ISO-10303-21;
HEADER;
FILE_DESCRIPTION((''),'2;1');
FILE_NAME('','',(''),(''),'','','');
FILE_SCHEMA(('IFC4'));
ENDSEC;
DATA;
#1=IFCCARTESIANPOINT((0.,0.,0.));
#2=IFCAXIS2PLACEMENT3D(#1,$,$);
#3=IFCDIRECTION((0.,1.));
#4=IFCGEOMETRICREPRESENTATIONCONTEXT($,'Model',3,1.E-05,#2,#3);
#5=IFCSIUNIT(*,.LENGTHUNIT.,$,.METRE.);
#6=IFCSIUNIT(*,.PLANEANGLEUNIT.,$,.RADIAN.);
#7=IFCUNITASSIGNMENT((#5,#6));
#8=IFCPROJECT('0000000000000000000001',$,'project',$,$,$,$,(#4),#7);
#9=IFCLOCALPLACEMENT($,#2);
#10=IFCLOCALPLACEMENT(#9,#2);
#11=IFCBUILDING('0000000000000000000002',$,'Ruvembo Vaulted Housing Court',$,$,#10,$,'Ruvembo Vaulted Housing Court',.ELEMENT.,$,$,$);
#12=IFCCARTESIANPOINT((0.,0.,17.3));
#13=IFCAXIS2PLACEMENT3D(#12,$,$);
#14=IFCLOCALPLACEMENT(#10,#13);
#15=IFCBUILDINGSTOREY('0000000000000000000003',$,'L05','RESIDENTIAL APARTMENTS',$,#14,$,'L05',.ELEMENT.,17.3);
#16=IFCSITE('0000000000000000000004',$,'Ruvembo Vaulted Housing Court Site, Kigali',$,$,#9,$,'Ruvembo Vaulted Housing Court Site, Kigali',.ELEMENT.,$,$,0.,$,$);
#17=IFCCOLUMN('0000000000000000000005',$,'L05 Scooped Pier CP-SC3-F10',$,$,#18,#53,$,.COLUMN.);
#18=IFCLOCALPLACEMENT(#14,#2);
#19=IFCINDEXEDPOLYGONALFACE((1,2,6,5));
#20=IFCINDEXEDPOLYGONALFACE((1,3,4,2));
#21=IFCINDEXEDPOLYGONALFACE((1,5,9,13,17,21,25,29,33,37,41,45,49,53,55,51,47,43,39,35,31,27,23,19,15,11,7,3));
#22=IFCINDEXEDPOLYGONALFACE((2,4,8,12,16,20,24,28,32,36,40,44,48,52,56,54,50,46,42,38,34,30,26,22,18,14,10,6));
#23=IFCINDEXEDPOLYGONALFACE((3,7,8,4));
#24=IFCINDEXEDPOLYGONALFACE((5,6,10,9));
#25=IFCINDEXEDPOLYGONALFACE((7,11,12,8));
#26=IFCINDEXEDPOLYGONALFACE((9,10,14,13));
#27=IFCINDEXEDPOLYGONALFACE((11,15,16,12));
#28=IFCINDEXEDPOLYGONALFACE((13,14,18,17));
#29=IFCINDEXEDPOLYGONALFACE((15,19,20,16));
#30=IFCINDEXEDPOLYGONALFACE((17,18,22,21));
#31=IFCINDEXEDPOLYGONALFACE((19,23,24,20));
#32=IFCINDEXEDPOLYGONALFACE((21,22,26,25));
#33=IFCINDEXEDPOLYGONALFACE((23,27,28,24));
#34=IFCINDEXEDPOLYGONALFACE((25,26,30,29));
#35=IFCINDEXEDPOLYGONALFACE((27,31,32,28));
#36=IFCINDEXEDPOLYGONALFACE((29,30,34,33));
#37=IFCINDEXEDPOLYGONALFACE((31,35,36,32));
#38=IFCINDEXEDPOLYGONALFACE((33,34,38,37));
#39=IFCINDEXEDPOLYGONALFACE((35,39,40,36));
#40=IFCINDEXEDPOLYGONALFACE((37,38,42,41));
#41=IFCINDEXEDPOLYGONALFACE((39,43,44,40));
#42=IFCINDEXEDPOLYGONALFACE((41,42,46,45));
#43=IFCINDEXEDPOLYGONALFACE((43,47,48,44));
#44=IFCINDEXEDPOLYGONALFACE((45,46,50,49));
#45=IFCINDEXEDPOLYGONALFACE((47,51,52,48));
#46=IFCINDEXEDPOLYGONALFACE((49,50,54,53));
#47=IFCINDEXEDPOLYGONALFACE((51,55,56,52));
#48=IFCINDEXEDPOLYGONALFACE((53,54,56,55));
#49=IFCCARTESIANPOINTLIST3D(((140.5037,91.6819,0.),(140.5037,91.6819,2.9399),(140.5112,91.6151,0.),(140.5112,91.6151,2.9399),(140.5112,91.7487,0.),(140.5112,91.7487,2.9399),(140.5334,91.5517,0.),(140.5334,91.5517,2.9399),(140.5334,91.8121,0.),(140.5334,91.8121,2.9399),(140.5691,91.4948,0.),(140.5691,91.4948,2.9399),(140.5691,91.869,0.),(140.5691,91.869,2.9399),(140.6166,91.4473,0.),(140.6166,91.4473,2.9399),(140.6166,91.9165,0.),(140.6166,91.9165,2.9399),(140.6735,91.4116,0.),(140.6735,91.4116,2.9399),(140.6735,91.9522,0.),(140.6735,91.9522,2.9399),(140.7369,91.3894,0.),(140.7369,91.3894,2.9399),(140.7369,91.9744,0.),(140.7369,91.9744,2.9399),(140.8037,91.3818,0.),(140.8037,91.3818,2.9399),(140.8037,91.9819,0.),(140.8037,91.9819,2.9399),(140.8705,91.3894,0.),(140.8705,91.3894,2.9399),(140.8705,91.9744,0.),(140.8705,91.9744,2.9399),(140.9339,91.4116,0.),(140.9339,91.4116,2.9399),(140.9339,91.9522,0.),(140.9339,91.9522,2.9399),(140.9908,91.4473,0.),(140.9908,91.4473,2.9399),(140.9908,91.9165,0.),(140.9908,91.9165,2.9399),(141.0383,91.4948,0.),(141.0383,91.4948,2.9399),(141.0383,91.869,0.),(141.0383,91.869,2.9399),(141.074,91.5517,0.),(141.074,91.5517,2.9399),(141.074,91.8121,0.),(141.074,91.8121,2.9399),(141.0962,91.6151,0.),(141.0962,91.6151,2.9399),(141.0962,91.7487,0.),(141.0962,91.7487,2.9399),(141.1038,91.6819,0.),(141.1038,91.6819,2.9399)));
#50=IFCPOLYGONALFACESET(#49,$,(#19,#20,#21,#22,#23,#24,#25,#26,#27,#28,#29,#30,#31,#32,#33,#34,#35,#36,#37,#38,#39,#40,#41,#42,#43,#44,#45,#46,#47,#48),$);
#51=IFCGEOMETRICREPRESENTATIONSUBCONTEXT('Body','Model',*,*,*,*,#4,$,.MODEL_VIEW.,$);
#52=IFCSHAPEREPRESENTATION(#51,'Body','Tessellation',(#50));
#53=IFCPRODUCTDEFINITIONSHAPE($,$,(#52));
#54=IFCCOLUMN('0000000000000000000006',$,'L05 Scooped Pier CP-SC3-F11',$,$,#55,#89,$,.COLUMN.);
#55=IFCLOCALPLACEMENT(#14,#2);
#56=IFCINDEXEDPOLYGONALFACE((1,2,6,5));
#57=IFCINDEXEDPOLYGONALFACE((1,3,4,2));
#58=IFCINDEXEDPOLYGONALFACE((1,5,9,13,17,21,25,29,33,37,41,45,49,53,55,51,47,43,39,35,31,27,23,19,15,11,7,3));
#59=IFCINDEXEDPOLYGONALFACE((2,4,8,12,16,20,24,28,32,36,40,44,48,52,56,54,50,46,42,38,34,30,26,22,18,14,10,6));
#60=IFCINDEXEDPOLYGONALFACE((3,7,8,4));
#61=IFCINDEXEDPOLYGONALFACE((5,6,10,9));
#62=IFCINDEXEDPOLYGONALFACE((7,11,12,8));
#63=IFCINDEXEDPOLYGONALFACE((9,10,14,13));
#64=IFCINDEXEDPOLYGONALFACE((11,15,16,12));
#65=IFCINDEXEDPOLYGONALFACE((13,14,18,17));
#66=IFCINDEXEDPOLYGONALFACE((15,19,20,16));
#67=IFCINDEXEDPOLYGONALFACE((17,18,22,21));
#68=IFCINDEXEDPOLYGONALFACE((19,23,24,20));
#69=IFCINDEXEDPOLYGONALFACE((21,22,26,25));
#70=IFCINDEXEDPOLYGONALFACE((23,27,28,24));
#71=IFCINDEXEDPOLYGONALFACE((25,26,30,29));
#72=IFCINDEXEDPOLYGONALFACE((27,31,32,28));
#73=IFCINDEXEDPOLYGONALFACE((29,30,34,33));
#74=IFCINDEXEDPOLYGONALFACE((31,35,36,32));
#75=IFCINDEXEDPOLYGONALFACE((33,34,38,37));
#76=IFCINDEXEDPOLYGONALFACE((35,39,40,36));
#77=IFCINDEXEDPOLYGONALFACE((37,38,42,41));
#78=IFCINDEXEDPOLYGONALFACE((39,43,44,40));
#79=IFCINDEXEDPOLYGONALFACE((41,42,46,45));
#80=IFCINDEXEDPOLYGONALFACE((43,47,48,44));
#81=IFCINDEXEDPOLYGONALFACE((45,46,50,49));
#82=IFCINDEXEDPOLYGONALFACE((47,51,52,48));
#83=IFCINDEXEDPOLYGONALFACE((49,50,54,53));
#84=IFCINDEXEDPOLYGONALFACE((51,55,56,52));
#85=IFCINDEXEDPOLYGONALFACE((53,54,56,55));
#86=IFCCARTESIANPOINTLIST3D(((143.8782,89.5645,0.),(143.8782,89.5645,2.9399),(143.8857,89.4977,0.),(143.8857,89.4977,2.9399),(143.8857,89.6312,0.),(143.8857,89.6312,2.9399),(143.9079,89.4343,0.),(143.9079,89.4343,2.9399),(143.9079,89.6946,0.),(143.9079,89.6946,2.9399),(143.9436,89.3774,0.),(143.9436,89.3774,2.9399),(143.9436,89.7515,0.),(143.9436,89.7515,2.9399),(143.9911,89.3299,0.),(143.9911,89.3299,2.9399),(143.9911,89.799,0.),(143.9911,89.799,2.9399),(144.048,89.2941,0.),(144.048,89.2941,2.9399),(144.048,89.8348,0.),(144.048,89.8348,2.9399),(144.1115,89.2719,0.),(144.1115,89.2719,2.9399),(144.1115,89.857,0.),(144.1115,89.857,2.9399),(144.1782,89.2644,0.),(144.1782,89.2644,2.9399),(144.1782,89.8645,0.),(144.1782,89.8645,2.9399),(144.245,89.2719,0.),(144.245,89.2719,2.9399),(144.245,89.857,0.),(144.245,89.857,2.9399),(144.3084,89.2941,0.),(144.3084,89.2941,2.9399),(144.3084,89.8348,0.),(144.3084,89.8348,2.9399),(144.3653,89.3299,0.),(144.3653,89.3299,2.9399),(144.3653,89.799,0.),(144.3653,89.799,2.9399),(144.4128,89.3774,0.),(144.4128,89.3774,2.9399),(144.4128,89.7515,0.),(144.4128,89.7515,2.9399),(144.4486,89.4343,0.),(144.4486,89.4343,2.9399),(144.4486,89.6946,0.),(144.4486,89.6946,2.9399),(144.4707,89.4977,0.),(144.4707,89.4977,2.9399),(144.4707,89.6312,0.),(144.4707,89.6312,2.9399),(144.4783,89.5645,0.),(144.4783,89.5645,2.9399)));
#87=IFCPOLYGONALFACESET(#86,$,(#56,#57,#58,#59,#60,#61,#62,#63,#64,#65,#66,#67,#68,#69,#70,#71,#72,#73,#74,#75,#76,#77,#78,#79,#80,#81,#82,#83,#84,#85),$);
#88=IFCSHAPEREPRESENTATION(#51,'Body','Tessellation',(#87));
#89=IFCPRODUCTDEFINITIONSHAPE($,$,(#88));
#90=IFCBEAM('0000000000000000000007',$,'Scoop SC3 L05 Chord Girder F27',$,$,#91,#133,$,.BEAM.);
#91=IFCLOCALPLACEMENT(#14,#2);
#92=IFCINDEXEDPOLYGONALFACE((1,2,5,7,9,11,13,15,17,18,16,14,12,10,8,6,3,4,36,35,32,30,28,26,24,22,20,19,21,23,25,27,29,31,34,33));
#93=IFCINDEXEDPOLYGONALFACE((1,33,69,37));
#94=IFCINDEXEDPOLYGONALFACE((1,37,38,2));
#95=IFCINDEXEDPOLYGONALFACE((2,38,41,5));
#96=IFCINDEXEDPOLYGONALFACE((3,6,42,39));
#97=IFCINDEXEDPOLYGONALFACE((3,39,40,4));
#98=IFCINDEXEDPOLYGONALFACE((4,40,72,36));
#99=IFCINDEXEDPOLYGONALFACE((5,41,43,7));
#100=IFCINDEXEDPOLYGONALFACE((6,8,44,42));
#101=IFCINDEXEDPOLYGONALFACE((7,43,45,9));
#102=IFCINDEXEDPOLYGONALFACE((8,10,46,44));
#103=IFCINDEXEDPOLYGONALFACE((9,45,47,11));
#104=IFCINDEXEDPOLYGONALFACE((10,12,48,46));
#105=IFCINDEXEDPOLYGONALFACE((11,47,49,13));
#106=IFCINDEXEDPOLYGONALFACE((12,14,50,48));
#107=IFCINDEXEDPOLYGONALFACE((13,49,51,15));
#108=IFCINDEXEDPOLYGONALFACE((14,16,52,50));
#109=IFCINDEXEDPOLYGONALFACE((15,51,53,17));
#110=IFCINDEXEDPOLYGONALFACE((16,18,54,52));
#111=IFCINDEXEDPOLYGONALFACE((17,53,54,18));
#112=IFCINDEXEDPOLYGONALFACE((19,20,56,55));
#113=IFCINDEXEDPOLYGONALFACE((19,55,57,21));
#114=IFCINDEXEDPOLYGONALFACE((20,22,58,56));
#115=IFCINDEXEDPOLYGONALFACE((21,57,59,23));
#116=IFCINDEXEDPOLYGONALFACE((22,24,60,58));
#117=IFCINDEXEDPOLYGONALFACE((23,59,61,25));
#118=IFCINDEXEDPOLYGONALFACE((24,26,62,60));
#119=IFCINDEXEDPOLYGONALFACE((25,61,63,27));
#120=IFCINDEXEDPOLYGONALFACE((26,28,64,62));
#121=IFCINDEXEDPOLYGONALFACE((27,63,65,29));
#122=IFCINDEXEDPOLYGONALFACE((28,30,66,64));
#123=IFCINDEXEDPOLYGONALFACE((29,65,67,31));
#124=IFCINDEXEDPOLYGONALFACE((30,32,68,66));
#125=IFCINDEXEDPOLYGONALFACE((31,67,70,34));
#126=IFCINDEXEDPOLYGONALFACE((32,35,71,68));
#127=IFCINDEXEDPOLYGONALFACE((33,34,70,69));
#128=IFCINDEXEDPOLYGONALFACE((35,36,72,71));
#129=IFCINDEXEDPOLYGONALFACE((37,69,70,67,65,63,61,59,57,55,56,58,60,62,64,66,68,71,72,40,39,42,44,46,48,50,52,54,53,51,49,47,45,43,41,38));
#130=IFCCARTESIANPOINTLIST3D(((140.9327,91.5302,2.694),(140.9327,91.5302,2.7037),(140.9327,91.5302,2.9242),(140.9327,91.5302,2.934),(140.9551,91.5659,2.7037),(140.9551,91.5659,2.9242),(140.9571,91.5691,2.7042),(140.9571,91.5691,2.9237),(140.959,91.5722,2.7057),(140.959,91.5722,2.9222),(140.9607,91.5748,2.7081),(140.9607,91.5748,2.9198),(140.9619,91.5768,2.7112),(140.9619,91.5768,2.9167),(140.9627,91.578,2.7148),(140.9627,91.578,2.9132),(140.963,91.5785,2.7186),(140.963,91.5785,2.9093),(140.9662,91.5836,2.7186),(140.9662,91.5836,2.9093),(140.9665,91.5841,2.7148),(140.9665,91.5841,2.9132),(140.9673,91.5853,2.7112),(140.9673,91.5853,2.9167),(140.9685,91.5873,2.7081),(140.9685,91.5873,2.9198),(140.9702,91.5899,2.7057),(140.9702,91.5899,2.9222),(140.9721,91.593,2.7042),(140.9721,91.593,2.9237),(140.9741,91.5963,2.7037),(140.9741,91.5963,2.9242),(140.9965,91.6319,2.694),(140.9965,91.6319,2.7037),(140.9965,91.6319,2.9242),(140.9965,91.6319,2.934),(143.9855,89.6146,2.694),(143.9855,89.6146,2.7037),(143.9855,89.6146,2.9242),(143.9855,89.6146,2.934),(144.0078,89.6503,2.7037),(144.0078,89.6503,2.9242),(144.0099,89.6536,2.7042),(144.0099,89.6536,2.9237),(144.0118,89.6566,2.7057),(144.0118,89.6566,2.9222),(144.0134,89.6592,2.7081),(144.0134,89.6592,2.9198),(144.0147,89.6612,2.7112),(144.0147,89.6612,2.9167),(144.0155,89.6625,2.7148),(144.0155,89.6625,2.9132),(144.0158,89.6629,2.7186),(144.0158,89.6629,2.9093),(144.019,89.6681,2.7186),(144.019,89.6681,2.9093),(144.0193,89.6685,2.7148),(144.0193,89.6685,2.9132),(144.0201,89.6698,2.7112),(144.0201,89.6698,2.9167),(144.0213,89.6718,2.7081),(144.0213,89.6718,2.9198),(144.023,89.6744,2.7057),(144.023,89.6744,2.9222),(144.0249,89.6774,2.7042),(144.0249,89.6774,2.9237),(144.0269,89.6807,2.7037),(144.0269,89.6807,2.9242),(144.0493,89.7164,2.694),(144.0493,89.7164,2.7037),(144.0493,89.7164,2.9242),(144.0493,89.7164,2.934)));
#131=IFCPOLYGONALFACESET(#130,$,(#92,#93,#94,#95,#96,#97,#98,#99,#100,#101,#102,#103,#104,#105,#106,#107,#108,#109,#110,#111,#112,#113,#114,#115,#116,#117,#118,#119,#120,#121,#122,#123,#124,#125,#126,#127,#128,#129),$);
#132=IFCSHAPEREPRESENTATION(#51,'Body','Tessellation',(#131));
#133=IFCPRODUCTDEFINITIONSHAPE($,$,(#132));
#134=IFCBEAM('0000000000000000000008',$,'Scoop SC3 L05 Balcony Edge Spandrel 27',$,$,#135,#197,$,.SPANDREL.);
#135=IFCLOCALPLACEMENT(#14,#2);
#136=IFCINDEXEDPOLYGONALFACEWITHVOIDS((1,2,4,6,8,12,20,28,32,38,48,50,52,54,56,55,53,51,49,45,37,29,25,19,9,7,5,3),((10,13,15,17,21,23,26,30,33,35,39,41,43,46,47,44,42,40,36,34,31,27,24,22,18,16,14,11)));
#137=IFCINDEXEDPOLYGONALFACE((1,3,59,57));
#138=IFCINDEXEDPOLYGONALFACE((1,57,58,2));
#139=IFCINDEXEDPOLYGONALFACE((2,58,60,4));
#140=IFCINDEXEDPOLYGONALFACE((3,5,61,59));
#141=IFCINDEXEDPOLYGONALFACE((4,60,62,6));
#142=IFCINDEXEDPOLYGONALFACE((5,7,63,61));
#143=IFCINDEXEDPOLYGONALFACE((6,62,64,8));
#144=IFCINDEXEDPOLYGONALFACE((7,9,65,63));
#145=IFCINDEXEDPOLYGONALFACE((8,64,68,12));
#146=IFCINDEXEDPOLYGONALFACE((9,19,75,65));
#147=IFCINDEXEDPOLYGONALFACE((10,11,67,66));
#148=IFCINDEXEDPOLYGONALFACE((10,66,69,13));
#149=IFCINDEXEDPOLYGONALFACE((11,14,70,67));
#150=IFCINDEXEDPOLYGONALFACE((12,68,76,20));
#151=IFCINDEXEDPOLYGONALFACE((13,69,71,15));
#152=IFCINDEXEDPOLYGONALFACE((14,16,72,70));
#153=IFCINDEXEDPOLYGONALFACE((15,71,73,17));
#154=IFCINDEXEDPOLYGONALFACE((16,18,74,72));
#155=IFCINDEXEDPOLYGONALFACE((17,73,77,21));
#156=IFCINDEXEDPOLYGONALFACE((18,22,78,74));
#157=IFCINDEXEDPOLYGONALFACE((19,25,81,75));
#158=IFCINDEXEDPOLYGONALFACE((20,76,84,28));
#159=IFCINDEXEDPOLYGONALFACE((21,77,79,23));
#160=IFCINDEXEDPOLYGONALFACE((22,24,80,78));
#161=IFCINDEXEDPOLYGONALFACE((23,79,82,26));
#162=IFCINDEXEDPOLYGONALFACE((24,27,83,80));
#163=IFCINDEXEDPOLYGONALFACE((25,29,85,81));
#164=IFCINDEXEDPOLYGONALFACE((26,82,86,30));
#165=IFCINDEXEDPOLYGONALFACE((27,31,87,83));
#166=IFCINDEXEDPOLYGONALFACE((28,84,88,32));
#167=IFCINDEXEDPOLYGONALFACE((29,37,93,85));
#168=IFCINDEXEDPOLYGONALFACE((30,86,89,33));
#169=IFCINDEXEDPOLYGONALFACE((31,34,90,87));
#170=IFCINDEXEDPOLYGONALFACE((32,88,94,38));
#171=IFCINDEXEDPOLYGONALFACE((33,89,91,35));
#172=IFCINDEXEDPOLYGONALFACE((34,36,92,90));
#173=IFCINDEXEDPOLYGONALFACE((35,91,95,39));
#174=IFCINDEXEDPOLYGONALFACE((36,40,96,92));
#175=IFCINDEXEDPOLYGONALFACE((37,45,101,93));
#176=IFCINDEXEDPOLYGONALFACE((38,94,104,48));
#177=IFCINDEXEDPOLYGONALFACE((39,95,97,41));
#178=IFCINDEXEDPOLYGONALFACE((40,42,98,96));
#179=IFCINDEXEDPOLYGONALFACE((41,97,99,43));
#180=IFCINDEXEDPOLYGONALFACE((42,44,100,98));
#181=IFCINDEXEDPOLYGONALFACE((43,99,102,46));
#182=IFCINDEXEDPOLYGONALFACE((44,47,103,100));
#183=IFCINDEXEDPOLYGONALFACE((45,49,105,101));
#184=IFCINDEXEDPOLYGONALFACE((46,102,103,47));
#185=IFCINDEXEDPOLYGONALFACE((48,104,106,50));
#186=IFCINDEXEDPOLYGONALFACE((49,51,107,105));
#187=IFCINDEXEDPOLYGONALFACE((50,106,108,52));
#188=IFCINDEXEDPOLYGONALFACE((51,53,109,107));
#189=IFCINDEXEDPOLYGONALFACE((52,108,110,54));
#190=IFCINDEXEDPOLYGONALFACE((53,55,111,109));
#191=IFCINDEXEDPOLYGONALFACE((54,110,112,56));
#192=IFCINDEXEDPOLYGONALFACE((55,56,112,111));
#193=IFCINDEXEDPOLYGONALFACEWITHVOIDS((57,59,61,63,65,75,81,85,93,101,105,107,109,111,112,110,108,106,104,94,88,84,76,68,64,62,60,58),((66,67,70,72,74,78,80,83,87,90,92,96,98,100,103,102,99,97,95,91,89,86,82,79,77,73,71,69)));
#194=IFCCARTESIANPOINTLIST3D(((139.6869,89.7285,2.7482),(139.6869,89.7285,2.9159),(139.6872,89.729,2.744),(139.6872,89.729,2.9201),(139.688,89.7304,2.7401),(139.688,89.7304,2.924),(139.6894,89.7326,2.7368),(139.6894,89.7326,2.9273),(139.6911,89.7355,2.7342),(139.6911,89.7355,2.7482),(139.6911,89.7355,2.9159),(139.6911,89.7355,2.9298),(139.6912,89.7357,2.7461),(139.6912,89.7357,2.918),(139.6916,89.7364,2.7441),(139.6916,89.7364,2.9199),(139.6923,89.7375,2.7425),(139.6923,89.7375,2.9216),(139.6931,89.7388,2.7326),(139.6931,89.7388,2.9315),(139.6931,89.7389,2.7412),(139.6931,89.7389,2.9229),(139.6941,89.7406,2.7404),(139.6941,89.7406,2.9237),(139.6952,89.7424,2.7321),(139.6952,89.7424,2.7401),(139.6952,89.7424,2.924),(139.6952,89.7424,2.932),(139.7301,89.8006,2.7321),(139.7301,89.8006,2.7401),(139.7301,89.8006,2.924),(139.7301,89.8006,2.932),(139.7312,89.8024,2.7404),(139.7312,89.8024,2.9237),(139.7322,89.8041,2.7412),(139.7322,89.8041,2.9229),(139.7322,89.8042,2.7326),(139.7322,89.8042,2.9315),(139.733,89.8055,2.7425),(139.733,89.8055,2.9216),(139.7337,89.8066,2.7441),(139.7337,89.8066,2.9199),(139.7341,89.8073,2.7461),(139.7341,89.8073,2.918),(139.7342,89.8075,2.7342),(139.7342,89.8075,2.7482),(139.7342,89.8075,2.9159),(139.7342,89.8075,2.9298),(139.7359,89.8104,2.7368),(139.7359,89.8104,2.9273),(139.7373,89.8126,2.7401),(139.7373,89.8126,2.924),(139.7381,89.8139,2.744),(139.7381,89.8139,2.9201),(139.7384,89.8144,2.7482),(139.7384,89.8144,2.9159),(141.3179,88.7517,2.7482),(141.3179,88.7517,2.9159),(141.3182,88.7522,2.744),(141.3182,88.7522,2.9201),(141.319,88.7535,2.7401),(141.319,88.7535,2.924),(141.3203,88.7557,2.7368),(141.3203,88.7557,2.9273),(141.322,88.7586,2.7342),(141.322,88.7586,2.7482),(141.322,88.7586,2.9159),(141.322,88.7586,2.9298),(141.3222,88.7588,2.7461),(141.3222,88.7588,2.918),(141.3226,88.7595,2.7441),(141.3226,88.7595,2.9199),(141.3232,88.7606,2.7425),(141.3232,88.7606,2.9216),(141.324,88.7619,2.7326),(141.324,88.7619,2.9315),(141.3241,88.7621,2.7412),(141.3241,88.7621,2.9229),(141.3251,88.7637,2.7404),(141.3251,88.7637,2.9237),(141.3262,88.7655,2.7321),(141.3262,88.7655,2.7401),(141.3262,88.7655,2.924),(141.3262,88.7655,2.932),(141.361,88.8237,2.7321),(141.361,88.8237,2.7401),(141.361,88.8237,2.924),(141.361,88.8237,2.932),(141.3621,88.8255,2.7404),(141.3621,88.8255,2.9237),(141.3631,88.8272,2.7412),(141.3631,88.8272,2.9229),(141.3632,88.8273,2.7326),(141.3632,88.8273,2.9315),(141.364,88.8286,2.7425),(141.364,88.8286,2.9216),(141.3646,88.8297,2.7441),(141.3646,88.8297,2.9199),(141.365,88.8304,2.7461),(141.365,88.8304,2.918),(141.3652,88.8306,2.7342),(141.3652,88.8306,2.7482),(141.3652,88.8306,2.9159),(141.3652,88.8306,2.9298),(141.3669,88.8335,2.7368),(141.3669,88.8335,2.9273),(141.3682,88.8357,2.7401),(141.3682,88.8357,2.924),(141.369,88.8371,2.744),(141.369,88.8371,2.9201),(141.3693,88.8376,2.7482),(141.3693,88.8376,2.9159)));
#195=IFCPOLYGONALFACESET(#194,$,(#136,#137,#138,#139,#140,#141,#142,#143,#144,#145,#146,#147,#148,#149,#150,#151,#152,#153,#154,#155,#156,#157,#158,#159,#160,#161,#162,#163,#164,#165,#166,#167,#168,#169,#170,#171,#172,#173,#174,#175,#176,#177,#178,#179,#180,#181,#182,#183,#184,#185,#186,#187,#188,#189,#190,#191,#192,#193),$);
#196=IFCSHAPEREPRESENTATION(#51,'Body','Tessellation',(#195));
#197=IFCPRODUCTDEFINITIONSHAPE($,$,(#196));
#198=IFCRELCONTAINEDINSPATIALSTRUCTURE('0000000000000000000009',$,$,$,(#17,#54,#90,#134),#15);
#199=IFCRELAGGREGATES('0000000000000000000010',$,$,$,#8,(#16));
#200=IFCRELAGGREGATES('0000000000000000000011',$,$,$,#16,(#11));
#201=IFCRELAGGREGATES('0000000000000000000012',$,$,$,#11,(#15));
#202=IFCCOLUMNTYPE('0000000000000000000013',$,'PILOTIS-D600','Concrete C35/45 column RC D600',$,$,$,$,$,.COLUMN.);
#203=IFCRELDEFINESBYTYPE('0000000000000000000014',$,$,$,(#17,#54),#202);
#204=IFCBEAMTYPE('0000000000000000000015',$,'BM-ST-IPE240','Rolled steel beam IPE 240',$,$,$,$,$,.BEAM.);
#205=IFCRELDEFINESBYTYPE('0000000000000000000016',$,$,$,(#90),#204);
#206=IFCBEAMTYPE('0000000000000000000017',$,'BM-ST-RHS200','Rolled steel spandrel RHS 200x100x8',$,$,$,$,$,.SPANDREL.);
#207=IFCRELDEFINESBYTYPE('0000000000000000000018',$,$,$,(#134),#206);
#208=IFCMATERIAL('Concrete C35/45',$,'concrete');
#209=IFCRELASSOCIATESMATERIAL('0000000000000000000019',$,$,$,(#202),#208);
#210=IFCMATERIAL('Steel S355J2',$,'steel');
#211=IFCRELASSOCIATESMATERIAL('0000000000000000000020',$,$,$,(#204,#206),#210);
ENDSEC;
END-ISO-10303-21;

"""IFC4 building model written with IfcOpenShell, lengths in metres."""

from ifc_helpers import new_model, si_unit, direction, frame, origin, origin_2d, place, context, subcontext, project, spatial, hollow_rectangle, circle, i_section, extrude, material, material_profile, profile_set, type_object, element, save


model = new_model("IFC4")

# Units and contexts
model_context = context("Model", 3, precision=1e-05, world=origin(), true_north=direction((0.0, 1.0)))
body_context = subcontext(model_context, "Body", "Model", "MODEL_VIEW")
ifc_project = project(units=[si_unit("LENGTHUNIT", "METRE"), si_unit("PLANEANGLEUNIT", "RADIAN")], contexts=[model_context])

# Site, building, storey
site_placement = place(None, origin())
site = spatial("IfcSite", under=ifc_project, at=site_placement, Name="Ruvembo Vaulted Housing Court Site, Kigali", LongName="Ruvembo Vaulted Housing Court Site, Kigali", CompositionType="ELEMENT", RefElevation=0.0)
building_placement = place(site_placement, origin())
building = spatial("IfcBuilding", under=site, at=building_placement, Name="Ruvembo Vaulted Housing Court", LongName="Ruvembo Vaulted Housing Court", CompositionType="ELEMENT")
storey_placement = place(building_placement, frame((0.0, 0.0, 17.3)))
storey = spatial("IfcBuildingStorey", under=building, at=storey_placement, Name="L05", Description="RESIDENTIAL APARTMENTS", LongName="L05", CompositionType="ELEMENT", Elevation=17.3)

# Columns
ifc_material_1 = material(Name="Concrete C35/45", Category="concrete")
ifc_material_profile_1 = material_profile(ifc_material_1, circle(Radius=0.3, at=origin_2d()), Name="RC D600")
ifc_profile_set_1 = profile_set([ifc_material_profile_1], Name="Concrete C35/45")
column_type = type_object("IfcColumnType", Name="PILOTIS-D600", Description="Concrete C35/45 column RC D600", PredefinedType="COLUMN", material=ifc_profile_set_1)
for number, where, z_axis, x_axis, name in (
    (1, (140.8037, 91.6819, 0.0), (0.0, 0.0, 1.0), (1.0, 0.0, 0.0), "L05 Scooped Pier CP-SC3-F10"),
    (2, (144.1782, 89.5645, 0.0), (0.0, 0.0, 1.0), (1.0, 0.0, 0.0), "L05 Scooped Pier CP-SC3-F11"),
):
    element("IfcColumn", number, at=place(storey_placement, frame(where, z_axis=z_axis, x_axis=x_axis)), inside=storey, type_object=column_type, Name=name, PredefinedType="COLUMN", context=body_context, shape_type="SweptSolid", body=[
        extrude(circle(Radius=0.3, at=origin_2d()), origin(), (0.0, 0.0, 1.0), 2.9399),
    ])

# Beams
ifc_material_2 = material(Name="Steel S355J2", Category="steel")
ifc_material_profile_2 = material_profile(ifc_material_2, i_section(OverallWidth=0.1201, OverallDepth=0.24, WebThickness=0.0061, FlangeThickness=0.0098, FilletRadius=0.0149, at=origin_2d()), Name="IPE 240")
ifc_profile_set_2 = profile_set([ifc_material_profile_2], Name="Steel S355J2")
beam_type_1 = type_object("IfcBeamType", Name="BM-ST-IPE240", Description="Rolled steel beam IPE 240", PredefinedType="BEAM", material=ifc_profile_set_2)
beam_1_placement = place(storey_placement, frame((140.9646, 91.5811, 2.814), z_axis=(0.847053, -0.531508, 0.0), x_axis=(0.531508, 0.847053, 0.0)))
element("IfcBeam", 3, at=beam_1_placement, inside=storey, type_object=beam_type_1, Name="Scoop SC3 L05 Chord Girder F27", PredefinedType="BEAM", context=body_context, shape_type="SweptSolid", body=[
    extrude(i_section(OverallWidth=0.1201, OverallDepth=0.24, WebThickness=0.0061, FlangeThickness=0.0098, FilletRadius=0.0149, at=origin_2d()), origin(), (0.0, 0.0, 1.0), 3.604),
])
ifc_material_profile_3 = material_profile(ifc_material_2, hollow_rectangle(XDim=0.1001, YDim=0.2, WallThickness=0.0081, InnerFilletRadius=0.0081, OuterFilletRadius=0.0161, at=origin_2d()), Name="RHS 200x100x8")
ifc_profile_set_3 = profile_set([ifc_material_profile_3], Name="Steel S355J2")
beam_type_2 = type_object("IfcBeamType", Name="BM-ST-RHS200", Description="Rolled steel spandrel RHS 200x100x8", PredefinedType="SPANDREL", material=ifc_profile_set_3)
beam_2_placement = place(storey_placement, frame((139.7126, 89.7715, 2.832), z_axis=(0.857889, -0.513835, 0.0), x_axis=(0.513835, 0.857889, 0.0)))
element("IfcBeam", 4, at=beam_2_placement, inside=storey, type_object=beam_type_2, Name="Scoop SC3 L05 Balcony Edge Spandrel 27", PredefinedType="SPANDREL", context=body_context, shape_type="SweptSolid", body=[
    extrude(hollow_rectangle(XDim=0.1001, YDim=0.2, WallThickness=0.0081, InnerFilletRadius=0.0081, OuterFilletRadius=0.0161, at=origin_2d()), origin(), (0.0, 0.0, 1.0), 1.9011),
])

save(model, "model.ifc")
